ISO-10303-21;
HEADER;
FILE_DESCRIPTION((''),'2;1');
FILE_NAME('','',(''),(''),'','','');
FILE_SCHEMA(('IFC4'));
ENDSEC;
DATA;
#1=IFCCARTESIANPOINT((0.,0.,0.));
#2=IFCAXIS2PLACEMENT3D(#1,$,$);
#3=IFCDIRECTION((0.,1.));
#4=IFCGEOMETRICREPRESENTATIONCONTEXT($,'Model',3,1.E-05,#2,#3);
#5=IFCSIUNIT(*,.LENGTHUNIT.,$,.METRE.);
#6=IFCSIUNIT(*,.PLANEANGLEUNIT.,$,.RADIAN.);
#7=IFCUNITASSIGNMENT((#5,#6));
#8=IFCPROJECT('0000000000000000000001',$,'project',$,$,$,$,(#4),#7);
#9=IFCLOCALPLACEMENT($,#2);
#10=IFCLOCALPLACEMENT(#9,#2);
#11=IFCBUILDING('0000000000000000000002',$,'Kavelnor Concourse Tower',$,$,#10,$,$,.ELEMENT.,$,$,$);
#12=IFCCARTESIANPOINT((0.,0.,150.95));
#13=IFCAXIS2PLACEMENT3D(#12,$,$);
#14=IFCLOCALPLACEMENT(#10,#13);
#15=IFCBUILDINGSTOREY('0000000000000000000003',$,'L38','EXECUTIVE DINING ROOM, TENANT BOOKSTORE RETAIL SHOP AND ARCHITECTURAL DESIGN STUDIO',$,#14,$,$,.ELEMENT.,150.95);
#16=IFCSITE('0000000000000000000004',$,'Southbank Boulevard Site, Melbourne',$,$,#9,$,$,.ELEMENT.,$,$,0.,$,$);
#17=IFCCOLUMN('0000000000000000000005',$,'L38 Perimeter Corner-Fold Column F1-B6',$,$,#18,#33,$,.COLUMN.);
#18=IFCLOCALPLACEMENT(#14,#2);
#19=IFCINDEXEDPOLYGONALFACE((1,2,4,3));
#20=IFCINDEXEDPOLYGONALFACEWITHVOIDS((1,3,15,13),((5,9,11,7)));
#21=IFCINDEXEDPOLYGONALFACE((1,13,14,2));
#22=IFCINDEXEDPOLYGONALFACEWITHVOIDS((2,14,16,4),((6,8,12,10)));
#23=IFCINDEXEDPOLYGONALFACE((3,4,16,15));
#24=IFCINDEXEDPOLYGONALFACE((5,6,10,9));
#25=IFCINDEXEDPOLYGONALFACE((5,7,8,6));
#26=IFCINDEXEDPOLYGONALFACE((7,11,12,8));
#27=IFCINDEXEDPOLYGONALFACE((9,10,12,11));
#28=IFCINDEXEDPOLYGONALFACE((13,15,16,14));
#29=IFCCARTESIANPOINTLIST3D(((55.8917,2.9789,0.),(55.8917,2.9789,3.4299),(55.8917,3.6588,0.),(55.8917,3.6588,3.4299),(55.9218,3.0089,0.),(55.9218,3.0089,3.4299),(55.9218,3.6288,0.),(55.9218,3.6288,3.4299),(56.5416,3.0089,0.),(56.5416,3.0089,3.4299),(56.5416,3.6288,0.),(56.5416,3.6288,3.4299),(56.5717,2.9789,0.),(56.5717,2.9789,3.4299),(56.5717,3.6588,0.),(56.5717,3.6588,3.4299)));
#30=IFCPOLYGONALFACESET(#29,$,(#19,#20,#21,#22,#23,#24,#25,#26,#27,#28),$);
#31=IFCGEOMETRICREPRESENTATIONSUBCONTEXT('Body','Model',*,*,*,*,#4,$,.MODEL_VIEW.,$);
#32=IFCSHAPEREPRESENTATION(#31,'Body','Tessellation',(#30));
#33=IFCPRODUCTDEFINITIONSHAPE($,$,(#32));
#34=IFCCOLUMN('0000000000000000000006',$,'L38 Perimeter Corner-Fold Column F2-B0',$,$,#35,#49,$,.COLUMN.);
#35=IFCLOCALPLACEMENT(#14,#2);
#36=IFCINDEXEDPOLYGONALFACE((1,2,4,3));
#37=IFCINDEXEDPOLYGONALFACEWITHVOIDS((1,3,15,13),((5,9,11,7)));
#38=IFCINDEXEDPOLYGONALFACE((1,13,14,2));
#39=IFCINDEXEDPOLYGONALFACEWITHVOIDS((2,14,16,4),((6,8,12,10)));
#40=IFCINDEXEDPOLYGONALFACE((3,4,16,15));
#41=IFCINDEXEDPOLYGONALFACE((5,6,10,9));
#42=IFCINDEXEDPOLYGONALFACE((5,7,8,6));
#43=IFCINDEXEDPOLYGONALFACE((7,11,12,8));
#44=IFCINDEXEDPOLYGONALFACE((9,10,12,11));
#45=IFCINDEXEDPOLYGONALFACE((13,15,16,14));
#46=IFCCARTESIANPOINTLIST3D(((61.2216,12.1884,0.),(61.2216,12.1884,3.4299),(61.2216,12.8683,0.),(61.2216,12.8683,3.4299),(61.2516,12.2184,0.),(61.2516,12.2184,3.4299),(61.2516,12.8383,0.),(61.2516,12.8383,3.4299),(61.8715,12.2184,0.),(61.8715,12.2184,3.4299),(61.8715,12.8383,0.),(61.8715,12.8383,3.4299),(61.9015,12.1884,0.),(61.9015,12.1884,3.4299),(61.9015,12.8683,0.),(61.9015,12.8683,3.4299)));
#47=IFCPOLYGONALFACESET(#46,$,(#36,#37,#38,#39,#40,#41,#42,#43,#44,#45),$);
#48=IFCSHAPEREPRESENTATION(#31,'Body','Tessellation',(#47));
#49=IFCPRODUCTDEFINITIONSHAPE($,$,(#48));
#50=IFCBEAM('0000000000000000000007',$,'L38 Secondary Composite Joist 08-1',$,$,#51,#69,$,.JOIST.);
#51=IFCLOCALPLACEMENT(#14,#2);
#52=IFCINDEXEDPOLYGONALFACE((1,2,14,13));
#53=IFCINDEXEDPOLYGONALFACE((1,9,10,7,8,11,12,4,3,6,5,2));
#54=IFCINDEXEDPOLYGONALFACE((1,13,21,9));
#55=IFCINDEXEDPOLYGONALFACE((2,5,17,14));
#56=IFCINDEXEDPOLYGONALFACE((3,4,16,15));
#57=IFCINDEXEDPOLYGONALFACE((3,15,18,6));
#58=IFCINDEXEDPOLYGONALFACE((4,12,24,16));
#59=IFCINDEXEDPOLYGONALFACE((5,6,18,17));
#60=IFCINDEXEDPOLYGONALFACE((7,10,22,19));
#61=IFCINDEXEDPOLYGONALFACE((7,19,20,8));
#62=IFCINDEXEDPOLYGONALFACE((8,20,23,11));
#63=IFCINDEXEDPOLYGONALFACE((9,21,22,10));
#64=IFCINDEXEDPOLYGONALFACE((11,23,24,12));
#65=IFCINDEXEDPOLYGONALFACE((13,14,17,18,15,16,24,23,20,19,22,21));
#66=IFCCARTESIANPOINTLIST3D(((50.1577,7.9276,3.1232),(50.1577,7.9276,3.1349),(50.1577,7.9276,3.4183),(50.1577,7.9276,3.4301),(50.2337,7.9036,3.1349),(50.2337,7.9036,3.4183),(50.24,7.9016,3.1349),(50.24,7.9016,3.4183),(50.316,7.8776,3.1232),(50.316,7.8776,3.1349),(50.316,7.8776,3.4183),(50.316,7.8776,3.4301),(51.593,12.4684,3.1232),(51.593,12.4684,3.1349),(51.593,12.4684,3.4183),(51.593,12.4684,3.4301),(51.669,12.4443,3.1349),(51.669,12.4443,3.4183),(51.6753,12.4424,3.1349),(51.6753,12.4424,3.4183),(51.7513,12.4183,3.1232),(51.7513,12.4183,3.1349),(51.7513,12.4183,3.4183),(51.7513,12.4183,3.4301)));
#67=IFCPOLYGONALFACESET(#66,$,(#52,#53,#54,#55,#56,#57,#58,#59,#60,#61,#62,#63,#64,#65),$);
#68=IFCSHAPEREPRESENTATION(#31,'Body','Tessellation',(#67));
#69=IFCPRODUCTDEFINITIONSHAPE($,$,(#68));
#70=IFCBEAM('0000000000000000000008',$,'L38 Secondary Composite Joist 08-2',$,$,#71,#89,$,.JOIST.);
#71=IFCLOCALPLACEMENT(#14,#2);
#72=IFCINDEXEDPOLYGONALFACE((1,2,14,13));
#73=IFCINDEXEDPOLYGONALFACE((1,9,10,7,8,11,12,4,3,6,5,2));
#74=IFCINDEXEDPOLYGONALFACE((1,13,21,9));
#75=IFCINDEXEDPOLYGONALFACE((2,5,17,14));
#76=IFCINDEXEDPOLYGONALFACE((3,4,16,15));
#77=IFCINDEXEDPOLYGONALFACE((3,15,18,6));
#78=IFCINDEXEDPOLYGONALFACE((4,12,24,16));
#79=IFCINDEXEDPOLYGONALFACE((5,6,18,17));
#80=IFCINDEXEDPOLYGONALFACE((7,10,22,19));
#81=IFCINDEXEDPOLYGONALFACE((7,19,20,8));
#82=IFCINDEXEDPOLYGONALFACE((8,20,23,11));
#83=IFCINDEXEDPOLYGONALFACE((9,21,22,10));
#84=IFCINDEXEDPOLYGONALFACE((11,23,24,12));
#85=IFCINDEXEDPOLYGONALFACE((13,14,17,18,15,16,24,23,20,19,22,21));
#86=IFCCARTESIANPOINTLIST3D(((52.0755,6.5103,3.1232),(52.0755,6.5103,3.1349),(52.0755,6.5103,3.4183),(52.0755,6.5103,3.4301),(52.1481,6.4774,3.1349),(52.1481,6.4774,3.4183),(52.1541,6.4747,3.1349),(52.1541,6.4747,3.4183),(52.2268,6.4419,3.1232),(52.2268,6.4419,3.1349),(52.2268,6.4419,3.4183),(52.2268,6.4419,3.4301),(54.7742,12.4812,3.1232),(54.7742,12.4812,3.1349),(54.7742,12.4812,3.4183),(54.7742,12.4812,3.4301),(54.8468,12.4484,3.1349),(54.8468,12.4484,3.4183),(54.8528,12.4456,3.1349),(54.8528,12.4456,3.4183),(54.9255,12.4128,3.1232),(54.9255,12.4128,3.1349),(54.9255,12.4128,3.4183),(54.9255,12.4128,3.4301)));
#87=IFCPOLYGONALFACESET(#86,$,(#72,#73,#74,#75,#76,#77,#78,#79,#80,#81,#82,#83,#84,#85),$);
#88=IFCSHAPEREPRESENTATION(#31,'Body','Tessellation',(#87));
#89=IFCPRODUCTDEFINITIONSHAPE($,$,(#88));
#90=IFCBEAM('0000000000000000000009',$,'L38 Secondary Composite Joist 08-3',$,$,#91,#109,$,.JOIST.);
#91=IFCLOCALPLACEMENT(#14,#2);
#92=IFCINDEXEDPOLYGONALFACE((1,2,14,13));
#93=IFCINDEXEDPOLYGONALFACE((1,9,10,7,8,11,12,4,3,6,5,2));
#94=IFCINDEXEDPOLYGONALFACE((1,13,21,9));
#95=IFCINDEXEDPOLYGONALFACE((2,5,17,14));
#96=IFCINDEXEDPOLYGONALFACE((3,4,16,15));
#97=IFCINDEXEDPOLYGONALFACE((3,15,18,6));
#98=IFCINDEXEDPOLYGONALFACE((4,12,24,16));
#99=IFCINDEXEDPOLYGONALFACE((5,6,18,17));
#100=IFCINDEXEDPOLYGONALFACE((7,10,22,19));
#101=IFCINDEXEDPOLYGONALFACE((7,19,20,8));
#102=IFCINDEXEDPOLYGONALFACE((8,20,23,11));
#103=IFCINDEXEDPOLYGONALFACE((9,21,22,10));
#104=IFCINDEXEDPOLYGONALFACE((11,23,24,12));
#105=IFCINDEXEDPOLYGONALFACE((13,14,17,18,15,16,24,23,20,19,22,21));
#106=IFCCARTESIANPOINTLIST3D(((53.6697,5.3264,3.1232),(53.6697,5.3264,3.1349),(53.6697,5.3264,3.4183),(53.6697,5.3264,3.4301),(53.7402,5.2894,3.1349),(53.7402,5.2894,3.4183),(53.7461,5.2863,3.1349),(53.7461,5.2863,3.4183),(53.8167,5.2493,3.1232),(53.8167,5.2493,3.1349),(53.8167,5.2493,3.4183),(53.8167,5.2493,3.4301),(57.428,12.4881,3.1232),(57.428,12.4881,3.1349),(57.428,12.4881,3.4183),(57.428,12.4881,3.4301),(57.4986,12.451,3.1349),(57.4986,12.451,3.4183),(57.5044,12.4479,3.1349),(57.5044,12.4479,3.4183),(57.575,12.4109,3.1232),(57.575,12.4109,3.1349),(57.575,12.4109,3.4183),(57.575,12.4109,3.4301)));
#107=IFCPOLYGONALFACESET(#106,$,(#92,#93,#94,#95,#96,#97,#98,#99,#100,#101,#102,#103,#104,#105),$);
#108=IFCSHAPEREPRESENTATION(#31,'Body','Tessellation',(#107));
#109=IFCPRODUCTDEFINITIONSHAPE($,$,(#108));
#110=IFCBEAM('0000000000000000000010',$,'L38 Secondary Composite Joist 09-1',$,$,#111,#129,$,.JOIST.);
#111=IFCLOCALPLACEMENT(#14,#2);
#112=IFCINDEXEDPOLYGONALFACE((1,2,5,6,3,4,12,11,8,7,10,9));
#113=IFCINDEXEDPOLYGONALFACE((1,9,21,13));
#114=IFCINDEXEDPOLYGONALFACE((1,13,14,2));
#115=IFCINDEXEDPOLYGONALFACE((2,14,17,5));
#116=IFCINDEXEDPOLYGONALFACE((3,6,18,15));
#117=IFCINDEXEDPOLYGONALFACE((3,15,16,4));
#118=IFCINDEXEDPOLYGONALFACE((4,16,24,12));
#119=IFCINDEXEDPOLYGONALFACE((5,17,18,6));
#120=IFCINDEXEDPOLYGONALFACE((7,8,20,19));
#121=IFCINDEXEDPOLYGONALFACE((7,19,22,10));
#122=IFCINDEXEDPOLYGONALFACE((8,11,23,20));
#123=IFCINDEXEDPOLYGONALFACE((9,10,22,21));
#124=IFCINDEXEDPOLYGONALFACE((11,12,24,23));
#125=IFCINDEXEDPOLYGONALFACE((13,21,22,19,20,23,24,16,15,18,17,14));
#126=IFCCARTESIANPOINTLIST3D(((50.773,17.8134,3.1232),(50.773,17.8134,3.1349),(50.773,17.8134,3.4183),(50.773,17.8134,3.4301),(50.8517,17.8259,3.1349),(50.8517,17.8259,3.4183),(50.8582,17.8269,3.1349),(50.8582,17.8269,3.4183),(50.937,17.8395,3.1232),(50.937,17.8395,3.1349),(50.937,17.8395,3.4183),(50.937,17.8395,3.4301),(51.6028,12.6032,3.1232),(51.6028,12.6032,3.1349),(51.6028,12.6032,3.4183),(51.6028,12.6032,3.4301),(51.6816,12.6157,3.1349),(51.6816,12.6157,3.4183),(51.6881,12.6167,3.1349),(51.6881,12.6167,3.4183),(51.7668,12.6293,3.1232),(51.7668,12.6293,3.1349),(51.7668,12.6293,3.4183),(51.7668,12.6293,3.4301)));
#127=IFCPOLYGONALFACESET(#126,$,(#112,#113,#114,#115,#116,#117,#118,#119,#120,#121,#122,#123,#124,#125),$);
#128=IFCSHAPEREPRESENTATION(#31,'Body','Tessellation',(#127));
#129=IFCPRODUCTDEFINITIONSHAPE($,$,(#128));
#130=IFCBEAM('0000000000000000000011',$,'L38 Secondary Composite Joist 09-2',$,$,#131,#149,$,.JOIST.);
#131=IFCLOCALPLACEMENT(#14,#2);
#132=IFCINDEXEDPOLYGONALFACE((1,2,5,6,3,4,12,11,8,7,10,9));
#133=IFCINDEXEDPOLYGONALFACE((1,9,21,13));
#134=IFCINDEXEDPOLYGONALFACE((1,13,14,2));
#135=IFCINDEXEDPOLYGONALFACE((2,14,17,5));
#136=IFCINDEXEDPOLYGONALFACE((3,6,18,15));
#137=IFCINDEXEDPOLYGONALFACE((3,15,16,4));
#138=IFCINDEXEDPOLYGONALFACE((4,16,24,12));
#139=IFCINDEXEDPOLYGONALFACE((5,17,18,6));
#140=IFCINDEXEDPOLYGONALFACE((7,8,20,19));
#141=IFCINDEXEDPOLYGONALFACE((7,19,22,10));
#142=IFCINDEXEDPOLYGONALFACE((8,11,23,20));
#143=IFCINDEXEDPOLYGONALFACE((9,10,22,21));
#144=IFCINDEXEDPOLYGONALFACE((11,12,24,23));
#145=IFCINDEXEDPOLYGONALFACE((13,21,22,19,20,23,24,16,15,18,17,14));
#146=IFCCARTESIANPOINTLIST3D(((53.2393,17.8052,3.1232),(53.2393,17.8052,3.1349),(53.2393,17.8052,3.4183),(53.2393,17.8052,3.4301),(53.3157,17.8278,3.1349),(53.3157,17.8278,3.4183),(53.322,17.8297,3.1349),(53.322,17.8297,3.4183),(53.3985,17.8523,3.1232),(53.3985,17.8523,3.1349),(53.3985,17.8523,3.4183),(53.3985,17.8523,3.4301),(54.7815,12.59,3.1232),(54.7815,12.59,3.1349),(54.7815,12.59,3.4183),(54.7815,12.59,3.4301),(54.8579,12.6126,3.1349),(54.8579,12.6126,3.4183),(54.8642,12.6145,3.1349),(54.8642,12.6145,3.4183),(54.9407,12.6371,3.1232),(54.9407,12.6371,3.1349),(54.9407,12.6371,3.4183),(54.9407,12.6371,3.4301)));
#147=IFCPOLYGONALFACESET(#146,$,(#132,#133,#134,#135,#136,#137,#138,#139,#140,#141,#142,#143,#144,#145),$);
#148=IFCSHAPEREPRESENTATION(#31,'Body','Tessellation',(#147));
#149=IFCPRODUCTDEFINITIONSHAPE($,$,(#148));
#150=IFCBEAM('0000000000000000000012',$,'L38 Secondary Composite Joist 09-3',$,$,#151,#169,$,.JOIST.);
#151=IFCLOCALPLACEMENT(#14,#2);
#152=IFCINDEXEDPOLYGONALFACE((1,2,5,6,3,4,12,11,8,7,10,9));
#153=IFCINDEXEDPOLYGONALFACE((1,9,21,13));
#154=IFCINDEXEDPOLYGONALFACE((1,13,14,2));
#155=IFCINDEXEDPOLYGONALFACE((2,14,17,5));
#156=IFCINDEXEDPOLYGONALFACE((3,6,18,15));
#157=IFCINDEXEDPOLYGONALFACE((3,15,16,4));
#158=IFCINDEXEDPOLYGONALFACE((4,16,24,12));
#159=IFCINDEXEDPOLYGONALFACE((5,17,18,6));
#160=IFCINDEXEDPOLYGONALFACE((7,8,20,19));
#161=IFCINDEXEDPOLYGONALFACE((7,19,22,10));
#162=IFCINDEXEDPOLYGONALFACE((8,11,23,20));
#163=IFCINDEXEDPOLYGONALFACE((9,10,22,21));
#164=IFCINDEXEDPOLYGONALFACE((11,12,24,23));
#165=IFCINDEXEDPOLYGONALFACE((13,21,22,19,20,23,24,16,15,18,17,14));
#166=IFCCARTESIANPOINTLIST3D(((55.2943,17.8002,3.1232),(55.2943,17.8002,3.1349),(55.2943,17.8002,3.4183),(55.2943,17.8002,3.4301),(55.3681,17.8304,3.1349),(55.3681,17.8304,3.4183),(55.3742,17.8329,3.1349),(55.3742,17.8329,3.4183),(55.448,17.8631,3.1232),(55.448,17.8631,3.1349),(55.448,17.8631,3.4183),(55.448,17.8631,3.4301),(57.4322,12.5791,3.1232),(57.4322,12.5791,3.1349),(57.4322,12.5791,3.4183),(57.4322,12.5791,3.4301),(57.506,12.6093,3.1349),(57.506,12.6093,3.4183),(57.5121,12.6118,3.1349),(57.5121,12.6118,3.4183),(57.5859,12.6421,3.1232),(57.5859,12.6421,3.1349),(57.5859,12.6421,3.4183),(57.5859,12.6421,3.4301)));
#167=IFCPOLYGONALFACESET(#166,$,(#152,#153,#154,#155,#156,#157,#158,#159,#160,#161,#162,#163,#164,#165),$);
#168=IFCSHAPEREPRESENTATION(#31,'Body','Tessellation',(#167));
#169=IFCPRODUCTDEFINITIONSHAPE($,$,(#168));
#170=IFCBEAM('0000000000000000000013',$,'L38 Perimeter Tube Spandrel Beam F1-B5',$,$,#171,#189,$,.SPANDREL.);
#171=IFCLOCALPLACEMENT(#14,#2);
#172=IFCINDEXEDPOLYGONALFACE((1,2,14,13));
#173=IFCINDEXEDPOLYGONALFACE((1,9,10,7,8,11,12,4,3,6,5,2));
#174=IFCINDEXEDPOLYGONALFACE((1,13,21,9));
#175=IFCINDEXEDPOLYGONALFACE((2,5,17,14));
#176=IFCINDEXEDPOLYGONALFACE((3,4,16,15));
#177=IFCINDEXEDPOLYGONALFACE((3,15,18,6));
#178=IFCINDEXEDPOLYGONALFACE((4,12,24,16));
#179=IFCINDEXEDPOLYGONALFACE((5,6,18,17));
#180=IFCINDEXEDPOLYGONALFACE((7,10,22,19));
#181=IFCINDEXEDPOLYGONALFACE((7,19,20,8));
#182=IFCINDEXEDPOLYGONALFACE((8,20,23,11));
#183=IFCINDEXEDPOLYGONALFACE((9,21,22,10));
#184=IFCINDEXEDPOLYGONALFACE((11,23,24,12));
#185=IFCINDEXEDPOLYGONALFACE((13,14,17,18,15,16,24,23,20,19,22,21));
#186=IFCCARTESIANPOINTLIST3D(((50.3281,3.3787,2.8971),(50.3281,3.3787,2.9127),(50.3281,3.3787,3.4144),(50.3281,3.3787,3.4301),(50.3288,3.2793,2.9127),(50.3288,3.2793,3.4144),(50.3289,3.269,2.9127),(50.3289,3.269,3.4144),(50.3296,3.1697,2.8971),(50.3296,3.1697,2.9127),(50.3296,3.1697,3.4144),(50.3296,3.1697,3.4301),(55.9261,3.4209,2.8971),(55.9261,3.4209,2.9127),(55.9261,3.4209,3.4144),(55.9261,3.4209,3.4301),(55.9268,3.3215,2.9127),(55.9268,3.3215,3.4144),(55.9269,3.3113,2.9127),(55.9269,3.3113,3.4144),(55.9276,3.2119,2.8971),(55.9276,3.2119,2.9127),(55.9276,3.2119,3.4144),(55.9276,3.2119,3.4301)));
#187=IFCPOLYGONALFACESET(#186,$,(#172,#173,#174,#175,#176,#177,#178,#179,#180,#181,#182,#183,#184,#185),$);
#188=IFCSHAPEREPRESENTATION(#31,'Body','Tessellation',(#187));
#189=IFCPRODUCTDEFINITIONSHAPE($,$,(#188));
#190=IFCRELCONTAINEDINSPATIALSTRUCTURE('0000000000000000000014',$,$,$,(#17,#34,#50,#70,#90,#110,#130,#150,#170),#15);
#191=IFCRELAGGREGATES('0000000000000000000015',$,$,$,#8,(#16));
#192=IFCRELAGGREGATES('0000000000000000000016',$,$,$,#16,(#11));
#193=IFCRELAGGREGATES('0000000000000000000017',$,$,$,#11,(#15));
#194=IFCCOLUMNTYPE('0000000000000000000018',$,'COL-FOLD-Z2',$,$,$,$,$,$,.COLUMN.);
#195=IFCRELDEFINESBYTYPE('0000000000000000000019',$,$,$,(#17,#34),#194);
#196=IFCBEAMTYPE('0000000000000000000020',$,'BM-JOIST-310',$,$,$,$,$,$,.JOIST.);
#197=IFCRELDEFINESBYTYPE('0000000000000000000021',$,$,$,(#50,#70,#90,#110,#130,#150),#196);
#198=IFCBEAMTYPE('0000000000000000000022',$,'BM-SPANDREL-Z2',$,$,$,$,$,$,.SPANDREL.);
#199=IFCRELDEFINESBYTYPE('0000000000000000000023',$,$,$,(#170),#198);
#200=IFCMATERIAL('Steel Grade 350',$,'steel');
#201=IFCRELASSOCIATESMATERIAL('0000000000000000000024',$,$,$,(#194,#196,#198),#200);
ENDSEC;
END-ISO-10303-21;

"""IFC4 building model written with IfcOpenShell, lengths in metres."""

from ifc_helpers import new_model, si_unit, direction, frame, origin, origin_2d, place, context, subcontext, project, spatial, hollow_rectangle, i_section, extrude, material, material_profile, profile_set, type_object, element, save


model = new_model("IFC4")

# Units and contexts
model_context = context("Model", 3, precision=1e-05, world=origin(), true_north=direction((0.0, 1.0)))
body_context = subcontext(model_context, "Body", "Model", "MODEL_VIEW")
ifc_project = project(units=[si_unit("LENGTHUNIT", "METRE"), si_unit("PLANEANGLEUNIT", "RADIAN")], contexts=[model_context])

# Site, building, storey
site_placement = place(None, origin())
site = spatial("IfcSite", under=ifc_project, at=site_placement, Name="Southbank Boulevard Site, Melbourne", CompositionType="ELEMENT", RefElevation=0.0)
building_placement = place(site_placement, origin())
building = spatial("IfcBuilding", under=site, at=building_placement, Name="Kavelnor Concourse Tower", CompositionType="ELEMENT")
storey_placement = place(building_placement, frame((0.0, 0.0, 150.95)))
storey = spatial("IfcBuildingStorey", under=building, at=storey_placement, Name="L38", Description="EXECUTIVE DINING ROOM, TENANT BOOKSTORE RETAIL SHOP AND ARCHITECTURAL DESIGN STUDIO", CompositionType="ELEMENT", Elevation=150.95)

# Columns
ifc_material_1 = material(Name="Steel Grade 350", Category="steel")
ifc_material_profile_1 = material_profile(ifc_material_1, hollow_rectangle(XDim=0.6799, YDim=0.6799, WallThickness=0.03, at=origin_2d()), Name="SHS 680x680x30")
ifc_profile_set_1 = profile_set([ifc_material_profile_1], Name="Steel Grade 350")
column_type = type_object("IfcColumnType", Name="COL-FOLD-Z2", PredefinedType="COLUMN", material=ifc_profile_set_1)
for number, where, z_axis, x_axis, name in (
    (1, (56.2317, 3.3188, 0.0), (0.0, 0.0, 1.0), (1.0, 0.0, 0.0), "L38 Perimeter Corner-Fold Column F1-B6"),
    (2, (61.5615, 12.5283, 0.0), (0.0, 0.0, 1.0), (1.0, 0.0, 0.0), "L38 Perimeter Corner-Fold Column F2-B0"),
):
    element("IfcColumn", number, at=place(storey_placement, frame(where, z_axis=z_axis, x_axis=x_axis)), inside=storey, type_object=column_type, Name=name, PredefinedType="COLUMN", context=body_context, shape_type="SweptSolid", body=[
        extrude(hollow_rectangle(XDim=0.6799, YDim=0.6799, WallThickness=0.03, at=origin_2d()), origin(), (0.0, 0.0, 1.0), 3.4299),
    ])

# Beams
ifc_material_profile_2 = material_profile(ifc_material_1, i_section(OverallWidth=0.166, OverallDepth=0.3069, WebThickness=0.0066, FlangeThickness=0.0117, at=origin_2d()), Name="310UB46")
ifc_profile_set_2 = profile_set([ifc_material_profile_2], Name="Steel Grade 350")
beam_type_1 = type_object("IfcBeamType", Name="BM-JOIST-310", PredefinedType="JOIST", material=ifc_profile_set_2)
beam_1_placement = place(storey_placement, frame((50.2368, 7.9026, 3.2766), z_axis=(0.301394, 0.9535, 0.0), x_axis=(-0.9535, 0.301394, 0.0)))
element("IfcBeam", 3, at=beam_1_placement, inside=storey, type_object=beam_type_1, Name="L38 Secondary Composite Joist 08-1", PredefinedType="JOIST", context=body_context, shape_type="SweptSolid", body=[
    extrude(i_section(OverallWidth=0.166, OverallDepth=0.3069, WebThickness=0.0066, FlangeThickness=0.0117, at=origin_2d()), origin(), (0.0, 0.0, 1.0), 4.7622),
])
beam_2_placement = place(storey_placement, frame((52.1511, 6.4761, 3.2766), z_axis=(0.411862, 0.911246, 0.0), x_axis=(-0.911246, 0.411862, 0.0)))
element("IfcBeam", 4, at=beam_2_placement, inside=storey, type_object=beam_type_1, Name="L38 Secondary Composite Joist 08-2", PredefinedType="JOIST", context=body_context, shape_type="SweptSolid", body=[
    extrude(i_section(OverallWidth=0.166, OverallDepth=0.3069, WebThickness=0.0066, FlangeThickness=0.0117, at=origin_2d()), origin(), (0.0, 0.0, 1.0), 6.5525),
])
beam_3_placement = place(storey_placement, frame((53.7432, 5.2878, 3.2766), z_axis=(0.464684, 0.885477, 0.0), x_axis=(-0.885477, 0.464684, 0.0)))
element("IfcBeam", 5, at=beam_3_placement, inside=storey, type_object=beam_type_1, Name="L38 Secondary Composite Joist 08-3", PredefinedType="JOIST", context=body_context, shape_type="SweptSolid", body=[
    extrude(i_section(OverallWidth=0.166, OverallDepth=0.3069, WebThickness=0.0066, FlangeThickness=0.0117, at=origin_2d()), origin(), (0.0, 0.0, 1.0), 8.0879),
])
beam_4_placement = place(storey_placement, frame((51.6848, 12.6162, 3.2766), z_axis=(-0.157288, 0.987553, 0.0), x_axis=(-0.987553, -0.157288, 0.0)))
element("IfcBeam", 6, at=beam_4_placement, inside=storey, type_object=beam_type_1, Name="L38 Secondary Composite Joist 09-1", PredefinedType="JOIST", context=body_context, shape_type="SweptSolid", body=[
    extrude(i_section(OverallWidth=0.166, OverallDepth=0.3069, WebThickness=0.0066, FlangeThickness=0.0117, at=origin_2d()), origin(), (0.0, 0.0, 1.0), 5.2759),
])
beam_5_placement = place(storey_placement, frame((54.8611, 12.6135, 3.2766), z_axis=(-0.283573, 0.958951, 0.0), x_axis=(-0.958951, -0.283573, 0.0)))
element("IfcBeam", 7, at=beam_5_placement, inside=storey, type_object=beam_type_1, Name="L38 Secondary Composite Joist 09-2", PredefinedType="JOIST", context=body_context, shape_type="SweptSolid", body=[
    extrude(i_section(OverallWidth=0.166, OverallDepth=0.3069, WebThickness=0.0066, FlangeThickness=0.0117, at=origin_2d()), origin(), (0.0, 0.0, 1.0), 5.4385),
])
beam_6_placement = place(storey_placement, frame((57.509, 12.6106, 3.2766), z_axis=(-0.378936, 0.925423, 0.0), x_axis=(-0.925423, -0.378936, 0.0)))
element("IfcBeam", 8, at=beam_6_placement, inside=storey, type_object=beam_type_1, Name="L38 Secondary Composite Joist 09-3", PredefinedType="JOIST", context=body_context, shape_type="SweptSolid", body=[
    extrude(i_section(OverallWidth=0.166, OverallDepth=0.3069, WebThickness=0.0066, FlangeThickness=0.0117, at=origin_2d()), origin(), (0.0, 0.0, 1.0), 5.6418),
])
ifc_material_profile_3 = material_profile(ifc_material_1, i_section(OverallWidth=0.209, OverallDepth=0.533, WebThickness=0.0103, FlangeThickness=0.0156, at=origin_2d()), Name="530UB92")
ifc_profile_set_3 = profile_set([ifc_material_profile_3], Name="Steel Grade 350")
beam_type_2 = type_object("IfcBeamType", Name="BM-SPANDREL-Z2", PredefinedType="SPANDREL", material=ifc_profile_set_3)
beam_7_placement = place(storey_placement, frame((50.3289, 3.2742, 3.1636), z_axis=(0.999972, 0.007545, 0.0), x_axis=(-0.007545, 0.999972, 0.0)))
element("IfcBeam", 9, at=beam_7_placement, inside=storey, type_object=beam_type_2, Name="L38 Perimeter Tube Spandrel Beam F1-B5", PredefinedType="SPANDREL", context=body_context, shape_type="SweptSolid", body=[
    extrude(i_section(OverallWidth=0.209, OverallDepth=0.533, WebThickness=0.0103, FlangeThickness=0.0156, at=origin_2d()), origin(), (0.0, 0.0, 1.0), 5.5981),
])

save(model, "model.ifc")
